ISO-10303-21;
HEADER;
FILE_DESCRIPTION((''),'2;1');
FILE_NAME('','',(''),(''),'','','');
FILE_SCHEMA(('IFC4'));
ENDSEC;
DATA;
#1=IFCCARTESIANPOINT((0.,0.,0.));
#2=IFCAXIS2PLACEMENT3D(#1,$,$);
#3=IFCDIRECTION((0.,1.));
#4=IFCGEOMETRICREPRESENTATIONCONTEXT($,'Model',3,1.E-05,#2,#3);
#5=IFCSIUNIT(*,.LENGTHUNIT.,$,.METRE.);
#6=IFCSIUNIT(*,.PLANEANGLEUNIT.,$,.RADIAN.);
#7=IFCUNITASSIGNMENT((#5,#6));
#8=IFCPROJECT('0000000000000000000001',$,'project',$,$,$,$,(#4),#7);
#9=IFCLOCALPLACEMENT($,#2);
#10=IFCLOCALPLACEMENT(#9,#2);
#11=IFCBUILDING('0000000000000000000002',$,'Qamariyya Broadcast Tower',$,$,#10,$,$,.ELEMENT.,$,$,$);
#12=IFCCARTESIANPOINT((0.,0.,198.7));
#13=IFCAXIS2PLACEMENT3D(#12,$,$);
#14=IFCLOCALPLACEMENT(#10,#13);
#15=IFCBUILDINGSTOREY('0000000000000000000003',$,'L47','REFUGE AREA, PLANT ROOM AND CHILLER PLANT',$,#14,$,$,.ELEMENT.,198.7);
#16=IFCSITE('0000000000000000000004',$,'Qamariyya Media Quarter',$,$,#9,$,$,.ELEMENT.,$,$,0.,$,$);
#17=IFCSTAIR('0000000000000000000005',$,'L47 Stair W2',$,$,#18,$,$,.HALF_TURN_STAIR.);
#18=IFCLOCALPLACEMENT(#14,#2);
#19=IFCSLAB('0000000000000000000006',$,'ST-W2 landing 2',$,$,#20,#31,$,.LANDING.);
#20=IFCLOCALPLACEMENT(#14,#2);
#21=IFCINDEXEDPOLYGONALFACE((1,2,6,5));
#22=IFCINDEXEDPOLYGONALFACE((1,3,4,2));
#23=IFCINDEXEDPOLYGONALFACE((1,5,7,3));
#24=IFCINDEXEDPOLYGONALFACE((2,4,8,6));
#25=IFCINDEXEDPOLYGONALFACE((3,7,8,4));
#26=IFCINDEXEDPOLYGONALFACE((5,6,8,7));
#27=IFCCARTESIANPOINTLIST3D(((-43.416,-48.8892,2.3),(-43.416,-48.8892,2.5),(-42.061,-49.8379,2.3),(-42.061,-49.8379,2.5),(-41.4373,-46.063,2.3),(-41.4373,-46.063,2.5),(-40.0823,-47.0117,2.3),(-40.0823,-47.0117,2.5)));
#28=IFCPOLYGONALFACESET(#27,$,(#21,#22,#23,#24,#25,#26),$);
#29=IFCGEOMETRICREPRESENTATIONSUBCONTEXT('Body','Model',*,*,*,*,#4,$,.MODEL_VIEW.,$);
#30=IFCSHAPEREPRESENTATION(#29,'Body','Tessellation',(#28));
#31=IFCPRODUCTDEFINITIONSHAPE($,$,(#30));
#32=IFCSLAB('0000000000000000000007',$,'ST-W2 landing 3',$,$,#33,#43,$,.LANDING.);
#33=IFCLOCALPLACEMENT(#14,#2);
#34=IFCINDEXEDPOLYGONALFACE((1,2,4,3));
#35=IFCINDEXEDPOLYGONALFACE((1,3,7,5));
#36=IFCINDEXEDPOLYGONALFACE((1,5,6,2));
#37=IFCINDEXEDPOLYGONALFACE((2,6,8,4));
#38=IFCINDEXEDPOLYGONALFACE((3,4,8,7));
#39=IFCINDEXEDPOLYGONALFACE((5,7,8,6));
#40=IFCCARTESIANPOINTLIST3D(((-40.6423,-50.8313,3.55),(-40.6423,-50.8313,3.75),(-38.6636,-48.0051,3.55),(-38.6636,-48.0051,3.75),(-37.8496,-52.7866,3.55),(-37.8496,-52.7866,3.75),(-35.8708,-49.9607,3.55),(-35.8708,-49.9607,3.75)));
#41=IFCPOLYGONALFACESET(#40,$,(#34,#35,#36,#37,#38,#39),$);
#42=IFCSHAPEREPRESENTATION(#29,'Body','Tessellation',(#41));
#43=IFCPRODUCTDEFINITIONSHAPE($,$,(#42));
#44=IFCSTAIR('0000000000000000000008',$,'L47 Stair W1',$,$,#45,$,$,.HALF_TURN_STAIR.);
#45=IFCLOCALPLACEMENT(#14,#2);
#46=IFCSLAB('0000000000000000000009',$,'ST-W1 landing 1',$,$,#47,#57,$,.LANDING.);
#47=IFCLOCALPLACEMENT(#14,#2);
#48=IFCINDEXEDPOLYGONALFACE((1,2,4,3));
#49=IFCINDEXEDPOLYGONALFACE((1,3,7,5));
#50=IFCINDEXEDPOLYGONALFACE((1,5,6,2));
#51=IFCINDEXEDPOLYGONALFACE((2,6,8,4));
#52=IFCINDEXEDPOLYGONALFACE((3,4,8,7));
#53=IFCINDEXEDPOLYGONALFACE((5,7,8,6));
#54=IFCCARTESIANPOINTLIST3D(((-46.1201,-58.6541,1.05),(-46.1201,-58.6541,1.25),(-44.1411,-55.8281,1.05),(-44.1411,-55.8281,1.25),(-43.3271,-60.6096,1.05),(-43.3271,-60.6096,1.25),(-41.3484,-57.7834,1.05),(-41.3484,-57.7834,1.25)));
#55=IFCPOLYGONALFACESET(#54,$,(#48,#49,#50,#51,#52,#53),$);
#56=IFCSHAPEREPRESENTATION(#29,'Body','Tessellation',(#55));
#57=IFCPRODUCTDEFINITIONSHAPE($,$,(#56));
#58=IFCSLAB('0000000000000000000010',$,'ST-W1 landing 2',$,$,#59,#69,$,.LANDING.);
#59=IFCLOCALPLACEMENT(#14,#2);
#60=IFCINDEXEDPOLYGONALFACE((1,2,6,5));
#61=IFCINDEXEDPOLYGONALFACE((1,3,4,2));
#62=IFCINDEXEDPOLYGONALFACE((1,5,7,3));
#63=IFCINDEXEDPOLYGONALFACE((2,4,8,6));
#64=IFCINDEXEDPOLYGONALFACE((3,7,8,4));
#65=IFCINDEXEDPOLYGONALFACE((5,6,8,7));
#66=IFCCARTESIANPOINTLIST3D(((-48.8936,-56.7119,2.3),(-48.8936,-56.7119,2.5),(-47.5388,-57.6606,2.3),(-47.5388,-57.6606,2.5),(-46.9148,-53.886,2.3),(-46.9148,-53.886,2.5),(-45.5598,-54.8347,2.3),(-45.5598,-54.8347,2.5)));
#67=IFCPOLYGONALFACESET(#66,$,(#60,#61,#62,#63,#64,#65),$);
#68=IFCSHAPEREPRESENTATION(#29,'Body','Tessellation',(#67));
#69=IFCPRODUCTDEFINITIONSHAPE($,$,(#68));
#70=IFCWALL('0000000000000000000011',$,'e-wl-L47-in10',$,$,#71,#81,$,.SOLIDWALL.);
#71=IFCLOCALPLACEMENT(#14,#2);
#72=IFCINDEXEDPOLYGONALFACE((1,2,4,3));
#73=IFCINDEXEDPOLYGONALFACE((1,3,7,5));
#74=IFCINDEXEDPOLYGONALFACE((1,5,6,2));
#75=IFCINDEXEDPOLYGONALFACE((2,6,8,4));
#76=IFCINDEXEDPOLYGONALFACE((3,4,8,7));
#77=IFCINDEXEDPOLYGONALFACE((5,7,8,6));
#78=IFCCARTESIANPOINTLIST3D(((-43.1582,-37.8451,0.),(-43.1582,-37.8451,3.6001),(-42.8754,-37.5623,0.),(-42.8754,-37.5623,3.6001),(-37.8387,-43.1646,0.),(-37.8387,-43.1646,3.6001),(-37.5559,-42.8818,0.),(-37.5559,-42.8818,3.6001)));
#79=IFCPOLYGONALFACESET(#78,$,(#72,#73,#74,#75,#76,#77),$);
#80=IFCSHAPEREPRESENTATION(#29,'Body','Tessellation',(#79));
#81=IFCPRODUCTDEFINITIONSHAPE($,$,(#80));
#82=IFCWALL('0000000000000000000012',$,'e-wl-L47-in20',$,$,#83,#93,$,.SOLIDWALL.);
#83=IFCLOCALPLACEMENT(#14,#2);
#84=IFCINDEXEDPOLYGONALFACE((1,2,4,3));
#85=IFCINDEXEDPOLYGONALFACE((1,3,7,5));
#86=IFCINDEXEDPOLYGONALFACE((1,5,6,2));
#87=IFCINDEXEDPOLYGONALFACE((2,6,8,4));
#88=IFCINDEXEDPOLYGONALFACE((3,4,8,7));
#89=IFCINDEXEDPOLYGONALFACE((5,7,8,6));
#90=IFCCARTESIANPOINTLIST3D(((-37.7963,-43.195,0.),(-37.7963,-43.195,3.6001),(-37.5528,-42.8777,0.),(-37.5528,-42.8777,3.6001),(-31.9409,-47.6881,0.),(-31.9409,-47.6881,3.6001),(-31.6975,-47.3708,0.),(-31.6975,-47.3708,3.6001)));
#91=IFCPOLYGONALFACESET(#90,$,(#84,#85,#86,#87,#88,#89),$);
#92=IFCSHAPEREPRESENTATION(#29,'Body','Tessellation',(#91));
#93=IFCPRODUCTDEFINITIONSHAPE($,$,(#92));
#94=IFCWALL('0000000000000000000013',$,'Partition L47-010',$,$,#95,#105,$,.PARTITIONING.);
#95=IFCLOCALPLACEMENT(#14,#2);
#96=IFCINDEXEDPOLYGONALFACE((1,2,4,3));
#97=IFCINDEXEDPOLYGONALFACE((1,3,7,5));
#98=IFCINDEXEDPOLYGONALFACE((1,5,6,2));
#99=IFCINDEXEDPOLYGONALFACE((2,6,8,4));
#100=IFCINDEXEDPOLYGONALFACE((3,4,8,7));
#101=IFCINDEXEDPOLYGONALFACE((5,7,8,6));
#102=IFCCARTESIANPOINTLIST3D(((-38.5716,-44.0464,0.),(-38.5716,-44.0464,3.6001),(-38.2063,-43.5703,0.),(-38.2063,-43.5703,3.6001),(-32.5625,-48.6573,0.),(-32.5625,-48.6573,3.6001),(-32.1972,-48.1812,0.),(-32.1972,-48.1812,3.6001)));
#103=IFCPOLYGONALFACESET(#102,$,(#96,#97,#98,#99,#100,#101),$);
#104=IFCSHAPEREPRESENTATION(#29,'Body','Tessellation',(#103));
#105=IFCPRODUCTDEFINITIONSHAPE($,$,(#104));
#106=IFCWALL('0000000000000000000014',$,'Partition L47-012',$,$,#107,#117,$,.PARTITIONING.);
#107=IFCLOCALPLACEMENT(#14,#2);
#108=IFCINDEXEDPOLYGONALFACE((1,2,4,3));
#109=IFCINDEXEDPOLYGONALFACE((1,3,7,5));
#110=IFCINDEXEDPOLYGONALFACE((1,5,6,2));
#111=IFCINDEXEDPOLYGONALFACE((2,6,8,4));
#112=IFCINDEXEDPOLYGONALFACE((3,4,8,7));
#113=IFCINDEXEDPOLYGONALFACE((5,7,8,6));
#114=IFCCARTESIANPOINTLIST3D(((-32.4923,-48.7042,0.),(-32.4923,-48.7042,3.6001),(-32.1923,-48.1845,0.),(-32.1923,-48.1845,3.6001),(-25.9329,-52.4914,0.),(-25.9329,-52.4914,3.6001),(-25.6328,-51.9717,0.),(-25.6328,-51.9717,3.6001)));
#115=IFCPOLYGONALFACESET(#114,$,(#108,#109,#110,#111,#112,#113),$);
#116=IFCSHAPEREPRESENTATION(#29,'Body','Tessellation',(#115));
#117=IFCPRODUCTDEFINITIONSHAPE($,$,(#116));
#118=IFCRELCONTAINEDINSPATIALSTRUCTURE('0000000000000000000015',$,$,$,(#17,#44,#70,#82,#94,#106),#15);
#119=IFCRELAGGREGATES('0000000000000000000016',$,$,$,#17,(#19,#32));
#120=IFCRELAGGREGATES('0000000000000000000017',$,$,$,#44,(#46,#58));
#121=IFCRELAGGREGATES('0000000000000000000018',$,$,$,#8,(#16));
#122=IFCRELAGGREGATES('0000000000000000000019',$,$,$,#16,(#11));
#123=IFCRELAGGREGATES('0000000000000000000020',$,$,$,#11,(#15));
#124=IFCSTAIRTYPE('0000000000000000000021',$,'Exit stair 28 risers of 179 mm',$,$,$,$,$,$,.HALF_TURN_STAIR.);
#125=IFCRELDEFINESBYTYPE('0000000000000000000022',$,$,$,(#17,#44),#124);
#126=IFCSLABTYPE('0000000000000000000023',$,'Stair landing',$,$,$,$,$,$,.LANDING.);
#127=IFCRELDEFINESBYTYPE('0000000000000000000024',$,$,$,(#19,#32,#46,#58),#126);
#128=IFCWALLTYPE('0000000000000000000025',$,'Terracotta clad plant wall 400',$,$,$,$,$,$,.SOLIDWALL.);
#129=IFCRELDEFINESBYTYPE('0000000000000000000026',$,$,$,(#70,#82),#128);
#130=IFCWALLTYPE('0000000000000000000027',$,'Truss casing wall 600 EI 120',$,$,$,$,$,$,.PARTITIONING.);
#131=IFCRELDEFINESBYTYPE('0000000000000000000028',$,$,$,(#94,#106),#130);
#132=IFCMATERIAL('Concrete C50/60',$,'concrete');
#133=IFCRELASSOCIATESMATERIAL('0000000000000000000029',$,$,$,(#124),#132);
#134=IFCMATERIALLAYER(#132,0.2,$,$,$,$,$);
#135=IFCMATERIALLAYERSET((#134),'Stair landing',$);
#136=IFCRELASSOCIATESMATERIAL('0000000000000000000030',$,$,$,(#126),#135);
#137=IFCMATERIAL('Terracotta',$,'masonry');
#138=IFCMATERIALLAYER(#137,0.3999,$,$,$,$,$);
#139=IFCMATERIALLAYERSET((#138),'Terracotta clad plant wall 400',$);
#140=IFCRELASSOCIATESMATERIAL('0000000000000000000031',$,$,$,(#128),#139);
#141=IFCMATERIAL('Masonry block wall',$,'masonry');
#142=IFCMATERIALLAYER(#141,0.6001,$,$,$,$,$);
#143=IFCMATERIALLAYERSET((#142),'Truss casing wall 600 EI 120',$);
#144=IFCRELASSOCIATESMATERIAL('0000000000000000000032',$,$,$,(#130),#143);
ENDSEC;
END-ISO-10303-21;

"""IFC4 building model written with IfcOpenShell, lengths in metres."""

from ifc_helpers import new_model, si_unit, direction, frame, frame_2d, origin, place, context, subcontext, project, spatial, polyline, rectangle, outline, extrude, material, layer, layer_set, type_object, element, aggregate, save


model = new_model("IFC4")

# Units and contexts
model_context = context("Model", 3, precision=1e-05, world=origin(), true_north=direction((0.0, 1.0)))
body_context = subcontext(model_context, "Body", "Model", "MODEL_VIEW")
ifc_project = project(units=[si_unit("LENGTHUNIT", "METRE"), si_unit("PLANEANGLEUNIT", "RADIAN")], contexts=[model_context])

# Site, building, storey
site_placement = place(None, origin())
site = spatial("IfcSite", under=ifc_project, at=site_placement, Name="Qamariyya Media Quarter", CompositionType="ELEMENT", RefElevation=0.0)
building_placement = place(site_placement, origin())
building = spatial("IfcBuilding", under=site, at=building_placement, Name="Qamariyya Broadcast Tower", CompositionType="ELEMENT")
storey_placement = place(building_placement, frame((0.0, 0.0, 198.7)))
storey = spatial("IfcBuildingStorey", under=building, at=storey_placement, Name="L47", Description="REFUGE AREA, PLANT ROOM AND CHILLER PLANT", CompositionType="ELEMENT", Elevation=198.7)

# Stairs, slabs
ifc_material_1 = material(Name="Concrete C50/60", Category="concrete")
stair_type = type_object("IfcStairType", Name="Exit stair 28 risers of 179 mm", PredefinedType="HALF_TURN_STAIR", material=ifc_material_1)
stair_1_placement = place(storey_placement, origin())
stair_1 = element("IfcStair", 1, at=stair_1_placement, inside=storey, type_object=stair_type, Name="L47 Stair W2", PredefinedType="HALF_TURN_STAIR")
ifc_layer_1 = layer(ifc_material_1, 0.2)
ifc_layer_set_1 = layer_set([ifc_layer_1], Name="Stair landing")
slab_type_1 = type_object("IfcSlabType", Name="Stair landing", PredefinedType="LANDING", material=ifc_layer_set_1)
slab_1_placement = place(storey_placement, frame((0.0, 0.0, 2.3)))
slab_1 = element("IfcSlab", 2, at=slab_1_placement, type_object=slab_type_1, Name="ST-W2 landing 2", PredefinedType="LANDING", context=body_context, shape_type="SweptSolid", body=[
    extrude(outline(polyline([(-43.416, -48.8892), (-42.061, -49.8379), (-40.0823, -47.0117), (-41.4373, -46.063), (-43.416, -48.8892)])), origin(), (0.0, 0.0, 1.0), 0.2),
])
slab_2_placement = place(storey_placement, frame((0.0, 0.0, 3.55)))
slab_2 = element("IfcSlab", 3, at=slab_2_placement, type_object=slab_type_1, Name="ST-W2 landing 3", PredefinedType="LANDING", context=body_context, shape_type="SweptSolid", body=[
    extrude(outline(polyline([(-40.6423, -50.8313), (-37.8496, -52.7866), (-35.8708, -49.9607), (-38.6636, -48.0051), (-40.6423, -50.8313)])), origin(), (0.0, 0.0, 1.0), 0.2),
])
aggregate(stair_1, [slab_1, slab_2])
stair_2_placement = place(storey_placement, origin())
stair_2 = element("IfcStair", 4, at=stair_2_placement, inside=storey, type_object=stair_type, Name="L47 Stair W1", PredefinedType="HALF_TURN_STAIR")
slab_3_placement = place(storey_placement, frame((0.0, 0.0, 1.05)))
slab_3 = element("IfcSlab", 5, at=slab_3_placement, type_object=slab_type_1, Name="ST-W1 landing 1", PredefinedType="LANDING", context=body_context, shape_type="SweptSolid", body=[
    extrude(outline(polyline([(-46.1201, -58.6541), (-43.3271, -60.6096), (-41.3484, -57.7834), (-44.1411, -55.8281), (-46.1201, -58.6541)])), origin(), (0.0, 0.0, 1.0), 0.2),
])
slab_4_placement = place(storey_placement, frame((0.0, 0.0, 2.3)))
slab_4 = element("IfcSlab", 6, at=slab_4_placement, type_object=slab_type_1, Name="ST-W1 landing 2", PredefinedType="LANDING", context=body_context, shape_type="SweptSolid", body=[
    extrude(outline(polyline([(-48.8936, -56.7119), (-47.5388, -57.6606), (-45.5598, -54.8347), (-46.9148, -53.886), (-48.8936, -56.7119)])), origin(), (0.0, 0.0, 1.0), 0.2),
])
aggregate(stair_2, [slab_3, slab_4])

# Walls
ifc_material_2 = material(Name="Terracotta", Category="masonry")
ifc_layer_2 = layer(ifc_material_2, 0.3999)
ifc_layer_set_2 = layer_set([ifc_layer_2], Name="Terracotta clad plant wall 400")
wall_type_1 = type_object("IfcWallType", Name="Terracotta clad plant wall 400", PredefinedType="SOLIDWALL", material=ifc_layer_set_2)
wall_1_placement = place(storey_placement, frame((-37.6973, -43.0232, 0.0), z_axis=(0.0, 0.0, 1.0), x_axis=(-0.707107, 0.707107, 0.0)))
element("IfcWall", 7, at=wall_1_placement, inside=storey, type_object=wall_type_1, Name="e-wl-L47-in10", PredefinedType="SOLIDWALL", context=body_context, shape_type="SweptSolid", body=[
    extrude(rectangle(XDim=7.5229, YDim=0.3999, at=frame_2d((3.7615, 0.0))), origin(), (0.0, 0.0, 1.0), 3.6001),
])
wall_2_placement = place(storey_placement, frame((-31.8191, -47.5295, 0.0), z_axis=(0.0, 0.0, 1.0), x_axis=(-0.793346, 0.60877, 0.0)))
element("IfcWall", 8, at=wall_2_placement, inside=storey, type_object=wall_type_1, Name="e-wl-L47-in20", PredefinedType="SOLIDWALL", context=body_context, shape_type="SweptSolid", body=[
    extrude(rectangle(XDim=7.3806, YDim=0.3999, at=frame_2d((3.6904, 0.0))), origin(), (0.0, 0.0, 1.0), 3.6001),
])
ifc_material_3 = material(Name="Masonry block wall", Category="masonry")
ifc_layer_3 = layer(ifc_material_3, 0.6001)
ifc_layer_set_3 = layer_set([ifc_layer_3], Name="Truss casing wall 600 EI 120")
wall_type_2 = type_object("IfcWallType", Name="Truss casing wall 600 EI 120", PredefinedType="PARTITIONING", material=ifc_layer_set_3)
for number, where, z_axis, x_axis, name in (
    (9, (-38.3889, -43.8083, 0.0), (0.0, 0.0, 1.0), (0.793357, -0.608757, 0.0), "Partition L47-010"),
    (10, (-32.3423, -48.4443, 0.0), (0.0, 0.0, 1.0), (0.866021, -0.500008, 0.0), "Partition L47-012"),
):
    element("IfcWall", number, at=place(storey_placement, frame(where, z_axis=z_axis, x_axis=x_axis)), inside=storey, type_object=wall_type_2, Name=name, PredefinedType="PARTITIONING", context=body_context, shape_type="SweptSolid", body=[
        extrude(rectangle(XDim=7.5742, YDim=0.6001, at=frame_2d((3.7871, 0.0))), origin(), (0.0, 0.0, 1.0), 3.6001),
    ])

save(model, "model.ifc")
